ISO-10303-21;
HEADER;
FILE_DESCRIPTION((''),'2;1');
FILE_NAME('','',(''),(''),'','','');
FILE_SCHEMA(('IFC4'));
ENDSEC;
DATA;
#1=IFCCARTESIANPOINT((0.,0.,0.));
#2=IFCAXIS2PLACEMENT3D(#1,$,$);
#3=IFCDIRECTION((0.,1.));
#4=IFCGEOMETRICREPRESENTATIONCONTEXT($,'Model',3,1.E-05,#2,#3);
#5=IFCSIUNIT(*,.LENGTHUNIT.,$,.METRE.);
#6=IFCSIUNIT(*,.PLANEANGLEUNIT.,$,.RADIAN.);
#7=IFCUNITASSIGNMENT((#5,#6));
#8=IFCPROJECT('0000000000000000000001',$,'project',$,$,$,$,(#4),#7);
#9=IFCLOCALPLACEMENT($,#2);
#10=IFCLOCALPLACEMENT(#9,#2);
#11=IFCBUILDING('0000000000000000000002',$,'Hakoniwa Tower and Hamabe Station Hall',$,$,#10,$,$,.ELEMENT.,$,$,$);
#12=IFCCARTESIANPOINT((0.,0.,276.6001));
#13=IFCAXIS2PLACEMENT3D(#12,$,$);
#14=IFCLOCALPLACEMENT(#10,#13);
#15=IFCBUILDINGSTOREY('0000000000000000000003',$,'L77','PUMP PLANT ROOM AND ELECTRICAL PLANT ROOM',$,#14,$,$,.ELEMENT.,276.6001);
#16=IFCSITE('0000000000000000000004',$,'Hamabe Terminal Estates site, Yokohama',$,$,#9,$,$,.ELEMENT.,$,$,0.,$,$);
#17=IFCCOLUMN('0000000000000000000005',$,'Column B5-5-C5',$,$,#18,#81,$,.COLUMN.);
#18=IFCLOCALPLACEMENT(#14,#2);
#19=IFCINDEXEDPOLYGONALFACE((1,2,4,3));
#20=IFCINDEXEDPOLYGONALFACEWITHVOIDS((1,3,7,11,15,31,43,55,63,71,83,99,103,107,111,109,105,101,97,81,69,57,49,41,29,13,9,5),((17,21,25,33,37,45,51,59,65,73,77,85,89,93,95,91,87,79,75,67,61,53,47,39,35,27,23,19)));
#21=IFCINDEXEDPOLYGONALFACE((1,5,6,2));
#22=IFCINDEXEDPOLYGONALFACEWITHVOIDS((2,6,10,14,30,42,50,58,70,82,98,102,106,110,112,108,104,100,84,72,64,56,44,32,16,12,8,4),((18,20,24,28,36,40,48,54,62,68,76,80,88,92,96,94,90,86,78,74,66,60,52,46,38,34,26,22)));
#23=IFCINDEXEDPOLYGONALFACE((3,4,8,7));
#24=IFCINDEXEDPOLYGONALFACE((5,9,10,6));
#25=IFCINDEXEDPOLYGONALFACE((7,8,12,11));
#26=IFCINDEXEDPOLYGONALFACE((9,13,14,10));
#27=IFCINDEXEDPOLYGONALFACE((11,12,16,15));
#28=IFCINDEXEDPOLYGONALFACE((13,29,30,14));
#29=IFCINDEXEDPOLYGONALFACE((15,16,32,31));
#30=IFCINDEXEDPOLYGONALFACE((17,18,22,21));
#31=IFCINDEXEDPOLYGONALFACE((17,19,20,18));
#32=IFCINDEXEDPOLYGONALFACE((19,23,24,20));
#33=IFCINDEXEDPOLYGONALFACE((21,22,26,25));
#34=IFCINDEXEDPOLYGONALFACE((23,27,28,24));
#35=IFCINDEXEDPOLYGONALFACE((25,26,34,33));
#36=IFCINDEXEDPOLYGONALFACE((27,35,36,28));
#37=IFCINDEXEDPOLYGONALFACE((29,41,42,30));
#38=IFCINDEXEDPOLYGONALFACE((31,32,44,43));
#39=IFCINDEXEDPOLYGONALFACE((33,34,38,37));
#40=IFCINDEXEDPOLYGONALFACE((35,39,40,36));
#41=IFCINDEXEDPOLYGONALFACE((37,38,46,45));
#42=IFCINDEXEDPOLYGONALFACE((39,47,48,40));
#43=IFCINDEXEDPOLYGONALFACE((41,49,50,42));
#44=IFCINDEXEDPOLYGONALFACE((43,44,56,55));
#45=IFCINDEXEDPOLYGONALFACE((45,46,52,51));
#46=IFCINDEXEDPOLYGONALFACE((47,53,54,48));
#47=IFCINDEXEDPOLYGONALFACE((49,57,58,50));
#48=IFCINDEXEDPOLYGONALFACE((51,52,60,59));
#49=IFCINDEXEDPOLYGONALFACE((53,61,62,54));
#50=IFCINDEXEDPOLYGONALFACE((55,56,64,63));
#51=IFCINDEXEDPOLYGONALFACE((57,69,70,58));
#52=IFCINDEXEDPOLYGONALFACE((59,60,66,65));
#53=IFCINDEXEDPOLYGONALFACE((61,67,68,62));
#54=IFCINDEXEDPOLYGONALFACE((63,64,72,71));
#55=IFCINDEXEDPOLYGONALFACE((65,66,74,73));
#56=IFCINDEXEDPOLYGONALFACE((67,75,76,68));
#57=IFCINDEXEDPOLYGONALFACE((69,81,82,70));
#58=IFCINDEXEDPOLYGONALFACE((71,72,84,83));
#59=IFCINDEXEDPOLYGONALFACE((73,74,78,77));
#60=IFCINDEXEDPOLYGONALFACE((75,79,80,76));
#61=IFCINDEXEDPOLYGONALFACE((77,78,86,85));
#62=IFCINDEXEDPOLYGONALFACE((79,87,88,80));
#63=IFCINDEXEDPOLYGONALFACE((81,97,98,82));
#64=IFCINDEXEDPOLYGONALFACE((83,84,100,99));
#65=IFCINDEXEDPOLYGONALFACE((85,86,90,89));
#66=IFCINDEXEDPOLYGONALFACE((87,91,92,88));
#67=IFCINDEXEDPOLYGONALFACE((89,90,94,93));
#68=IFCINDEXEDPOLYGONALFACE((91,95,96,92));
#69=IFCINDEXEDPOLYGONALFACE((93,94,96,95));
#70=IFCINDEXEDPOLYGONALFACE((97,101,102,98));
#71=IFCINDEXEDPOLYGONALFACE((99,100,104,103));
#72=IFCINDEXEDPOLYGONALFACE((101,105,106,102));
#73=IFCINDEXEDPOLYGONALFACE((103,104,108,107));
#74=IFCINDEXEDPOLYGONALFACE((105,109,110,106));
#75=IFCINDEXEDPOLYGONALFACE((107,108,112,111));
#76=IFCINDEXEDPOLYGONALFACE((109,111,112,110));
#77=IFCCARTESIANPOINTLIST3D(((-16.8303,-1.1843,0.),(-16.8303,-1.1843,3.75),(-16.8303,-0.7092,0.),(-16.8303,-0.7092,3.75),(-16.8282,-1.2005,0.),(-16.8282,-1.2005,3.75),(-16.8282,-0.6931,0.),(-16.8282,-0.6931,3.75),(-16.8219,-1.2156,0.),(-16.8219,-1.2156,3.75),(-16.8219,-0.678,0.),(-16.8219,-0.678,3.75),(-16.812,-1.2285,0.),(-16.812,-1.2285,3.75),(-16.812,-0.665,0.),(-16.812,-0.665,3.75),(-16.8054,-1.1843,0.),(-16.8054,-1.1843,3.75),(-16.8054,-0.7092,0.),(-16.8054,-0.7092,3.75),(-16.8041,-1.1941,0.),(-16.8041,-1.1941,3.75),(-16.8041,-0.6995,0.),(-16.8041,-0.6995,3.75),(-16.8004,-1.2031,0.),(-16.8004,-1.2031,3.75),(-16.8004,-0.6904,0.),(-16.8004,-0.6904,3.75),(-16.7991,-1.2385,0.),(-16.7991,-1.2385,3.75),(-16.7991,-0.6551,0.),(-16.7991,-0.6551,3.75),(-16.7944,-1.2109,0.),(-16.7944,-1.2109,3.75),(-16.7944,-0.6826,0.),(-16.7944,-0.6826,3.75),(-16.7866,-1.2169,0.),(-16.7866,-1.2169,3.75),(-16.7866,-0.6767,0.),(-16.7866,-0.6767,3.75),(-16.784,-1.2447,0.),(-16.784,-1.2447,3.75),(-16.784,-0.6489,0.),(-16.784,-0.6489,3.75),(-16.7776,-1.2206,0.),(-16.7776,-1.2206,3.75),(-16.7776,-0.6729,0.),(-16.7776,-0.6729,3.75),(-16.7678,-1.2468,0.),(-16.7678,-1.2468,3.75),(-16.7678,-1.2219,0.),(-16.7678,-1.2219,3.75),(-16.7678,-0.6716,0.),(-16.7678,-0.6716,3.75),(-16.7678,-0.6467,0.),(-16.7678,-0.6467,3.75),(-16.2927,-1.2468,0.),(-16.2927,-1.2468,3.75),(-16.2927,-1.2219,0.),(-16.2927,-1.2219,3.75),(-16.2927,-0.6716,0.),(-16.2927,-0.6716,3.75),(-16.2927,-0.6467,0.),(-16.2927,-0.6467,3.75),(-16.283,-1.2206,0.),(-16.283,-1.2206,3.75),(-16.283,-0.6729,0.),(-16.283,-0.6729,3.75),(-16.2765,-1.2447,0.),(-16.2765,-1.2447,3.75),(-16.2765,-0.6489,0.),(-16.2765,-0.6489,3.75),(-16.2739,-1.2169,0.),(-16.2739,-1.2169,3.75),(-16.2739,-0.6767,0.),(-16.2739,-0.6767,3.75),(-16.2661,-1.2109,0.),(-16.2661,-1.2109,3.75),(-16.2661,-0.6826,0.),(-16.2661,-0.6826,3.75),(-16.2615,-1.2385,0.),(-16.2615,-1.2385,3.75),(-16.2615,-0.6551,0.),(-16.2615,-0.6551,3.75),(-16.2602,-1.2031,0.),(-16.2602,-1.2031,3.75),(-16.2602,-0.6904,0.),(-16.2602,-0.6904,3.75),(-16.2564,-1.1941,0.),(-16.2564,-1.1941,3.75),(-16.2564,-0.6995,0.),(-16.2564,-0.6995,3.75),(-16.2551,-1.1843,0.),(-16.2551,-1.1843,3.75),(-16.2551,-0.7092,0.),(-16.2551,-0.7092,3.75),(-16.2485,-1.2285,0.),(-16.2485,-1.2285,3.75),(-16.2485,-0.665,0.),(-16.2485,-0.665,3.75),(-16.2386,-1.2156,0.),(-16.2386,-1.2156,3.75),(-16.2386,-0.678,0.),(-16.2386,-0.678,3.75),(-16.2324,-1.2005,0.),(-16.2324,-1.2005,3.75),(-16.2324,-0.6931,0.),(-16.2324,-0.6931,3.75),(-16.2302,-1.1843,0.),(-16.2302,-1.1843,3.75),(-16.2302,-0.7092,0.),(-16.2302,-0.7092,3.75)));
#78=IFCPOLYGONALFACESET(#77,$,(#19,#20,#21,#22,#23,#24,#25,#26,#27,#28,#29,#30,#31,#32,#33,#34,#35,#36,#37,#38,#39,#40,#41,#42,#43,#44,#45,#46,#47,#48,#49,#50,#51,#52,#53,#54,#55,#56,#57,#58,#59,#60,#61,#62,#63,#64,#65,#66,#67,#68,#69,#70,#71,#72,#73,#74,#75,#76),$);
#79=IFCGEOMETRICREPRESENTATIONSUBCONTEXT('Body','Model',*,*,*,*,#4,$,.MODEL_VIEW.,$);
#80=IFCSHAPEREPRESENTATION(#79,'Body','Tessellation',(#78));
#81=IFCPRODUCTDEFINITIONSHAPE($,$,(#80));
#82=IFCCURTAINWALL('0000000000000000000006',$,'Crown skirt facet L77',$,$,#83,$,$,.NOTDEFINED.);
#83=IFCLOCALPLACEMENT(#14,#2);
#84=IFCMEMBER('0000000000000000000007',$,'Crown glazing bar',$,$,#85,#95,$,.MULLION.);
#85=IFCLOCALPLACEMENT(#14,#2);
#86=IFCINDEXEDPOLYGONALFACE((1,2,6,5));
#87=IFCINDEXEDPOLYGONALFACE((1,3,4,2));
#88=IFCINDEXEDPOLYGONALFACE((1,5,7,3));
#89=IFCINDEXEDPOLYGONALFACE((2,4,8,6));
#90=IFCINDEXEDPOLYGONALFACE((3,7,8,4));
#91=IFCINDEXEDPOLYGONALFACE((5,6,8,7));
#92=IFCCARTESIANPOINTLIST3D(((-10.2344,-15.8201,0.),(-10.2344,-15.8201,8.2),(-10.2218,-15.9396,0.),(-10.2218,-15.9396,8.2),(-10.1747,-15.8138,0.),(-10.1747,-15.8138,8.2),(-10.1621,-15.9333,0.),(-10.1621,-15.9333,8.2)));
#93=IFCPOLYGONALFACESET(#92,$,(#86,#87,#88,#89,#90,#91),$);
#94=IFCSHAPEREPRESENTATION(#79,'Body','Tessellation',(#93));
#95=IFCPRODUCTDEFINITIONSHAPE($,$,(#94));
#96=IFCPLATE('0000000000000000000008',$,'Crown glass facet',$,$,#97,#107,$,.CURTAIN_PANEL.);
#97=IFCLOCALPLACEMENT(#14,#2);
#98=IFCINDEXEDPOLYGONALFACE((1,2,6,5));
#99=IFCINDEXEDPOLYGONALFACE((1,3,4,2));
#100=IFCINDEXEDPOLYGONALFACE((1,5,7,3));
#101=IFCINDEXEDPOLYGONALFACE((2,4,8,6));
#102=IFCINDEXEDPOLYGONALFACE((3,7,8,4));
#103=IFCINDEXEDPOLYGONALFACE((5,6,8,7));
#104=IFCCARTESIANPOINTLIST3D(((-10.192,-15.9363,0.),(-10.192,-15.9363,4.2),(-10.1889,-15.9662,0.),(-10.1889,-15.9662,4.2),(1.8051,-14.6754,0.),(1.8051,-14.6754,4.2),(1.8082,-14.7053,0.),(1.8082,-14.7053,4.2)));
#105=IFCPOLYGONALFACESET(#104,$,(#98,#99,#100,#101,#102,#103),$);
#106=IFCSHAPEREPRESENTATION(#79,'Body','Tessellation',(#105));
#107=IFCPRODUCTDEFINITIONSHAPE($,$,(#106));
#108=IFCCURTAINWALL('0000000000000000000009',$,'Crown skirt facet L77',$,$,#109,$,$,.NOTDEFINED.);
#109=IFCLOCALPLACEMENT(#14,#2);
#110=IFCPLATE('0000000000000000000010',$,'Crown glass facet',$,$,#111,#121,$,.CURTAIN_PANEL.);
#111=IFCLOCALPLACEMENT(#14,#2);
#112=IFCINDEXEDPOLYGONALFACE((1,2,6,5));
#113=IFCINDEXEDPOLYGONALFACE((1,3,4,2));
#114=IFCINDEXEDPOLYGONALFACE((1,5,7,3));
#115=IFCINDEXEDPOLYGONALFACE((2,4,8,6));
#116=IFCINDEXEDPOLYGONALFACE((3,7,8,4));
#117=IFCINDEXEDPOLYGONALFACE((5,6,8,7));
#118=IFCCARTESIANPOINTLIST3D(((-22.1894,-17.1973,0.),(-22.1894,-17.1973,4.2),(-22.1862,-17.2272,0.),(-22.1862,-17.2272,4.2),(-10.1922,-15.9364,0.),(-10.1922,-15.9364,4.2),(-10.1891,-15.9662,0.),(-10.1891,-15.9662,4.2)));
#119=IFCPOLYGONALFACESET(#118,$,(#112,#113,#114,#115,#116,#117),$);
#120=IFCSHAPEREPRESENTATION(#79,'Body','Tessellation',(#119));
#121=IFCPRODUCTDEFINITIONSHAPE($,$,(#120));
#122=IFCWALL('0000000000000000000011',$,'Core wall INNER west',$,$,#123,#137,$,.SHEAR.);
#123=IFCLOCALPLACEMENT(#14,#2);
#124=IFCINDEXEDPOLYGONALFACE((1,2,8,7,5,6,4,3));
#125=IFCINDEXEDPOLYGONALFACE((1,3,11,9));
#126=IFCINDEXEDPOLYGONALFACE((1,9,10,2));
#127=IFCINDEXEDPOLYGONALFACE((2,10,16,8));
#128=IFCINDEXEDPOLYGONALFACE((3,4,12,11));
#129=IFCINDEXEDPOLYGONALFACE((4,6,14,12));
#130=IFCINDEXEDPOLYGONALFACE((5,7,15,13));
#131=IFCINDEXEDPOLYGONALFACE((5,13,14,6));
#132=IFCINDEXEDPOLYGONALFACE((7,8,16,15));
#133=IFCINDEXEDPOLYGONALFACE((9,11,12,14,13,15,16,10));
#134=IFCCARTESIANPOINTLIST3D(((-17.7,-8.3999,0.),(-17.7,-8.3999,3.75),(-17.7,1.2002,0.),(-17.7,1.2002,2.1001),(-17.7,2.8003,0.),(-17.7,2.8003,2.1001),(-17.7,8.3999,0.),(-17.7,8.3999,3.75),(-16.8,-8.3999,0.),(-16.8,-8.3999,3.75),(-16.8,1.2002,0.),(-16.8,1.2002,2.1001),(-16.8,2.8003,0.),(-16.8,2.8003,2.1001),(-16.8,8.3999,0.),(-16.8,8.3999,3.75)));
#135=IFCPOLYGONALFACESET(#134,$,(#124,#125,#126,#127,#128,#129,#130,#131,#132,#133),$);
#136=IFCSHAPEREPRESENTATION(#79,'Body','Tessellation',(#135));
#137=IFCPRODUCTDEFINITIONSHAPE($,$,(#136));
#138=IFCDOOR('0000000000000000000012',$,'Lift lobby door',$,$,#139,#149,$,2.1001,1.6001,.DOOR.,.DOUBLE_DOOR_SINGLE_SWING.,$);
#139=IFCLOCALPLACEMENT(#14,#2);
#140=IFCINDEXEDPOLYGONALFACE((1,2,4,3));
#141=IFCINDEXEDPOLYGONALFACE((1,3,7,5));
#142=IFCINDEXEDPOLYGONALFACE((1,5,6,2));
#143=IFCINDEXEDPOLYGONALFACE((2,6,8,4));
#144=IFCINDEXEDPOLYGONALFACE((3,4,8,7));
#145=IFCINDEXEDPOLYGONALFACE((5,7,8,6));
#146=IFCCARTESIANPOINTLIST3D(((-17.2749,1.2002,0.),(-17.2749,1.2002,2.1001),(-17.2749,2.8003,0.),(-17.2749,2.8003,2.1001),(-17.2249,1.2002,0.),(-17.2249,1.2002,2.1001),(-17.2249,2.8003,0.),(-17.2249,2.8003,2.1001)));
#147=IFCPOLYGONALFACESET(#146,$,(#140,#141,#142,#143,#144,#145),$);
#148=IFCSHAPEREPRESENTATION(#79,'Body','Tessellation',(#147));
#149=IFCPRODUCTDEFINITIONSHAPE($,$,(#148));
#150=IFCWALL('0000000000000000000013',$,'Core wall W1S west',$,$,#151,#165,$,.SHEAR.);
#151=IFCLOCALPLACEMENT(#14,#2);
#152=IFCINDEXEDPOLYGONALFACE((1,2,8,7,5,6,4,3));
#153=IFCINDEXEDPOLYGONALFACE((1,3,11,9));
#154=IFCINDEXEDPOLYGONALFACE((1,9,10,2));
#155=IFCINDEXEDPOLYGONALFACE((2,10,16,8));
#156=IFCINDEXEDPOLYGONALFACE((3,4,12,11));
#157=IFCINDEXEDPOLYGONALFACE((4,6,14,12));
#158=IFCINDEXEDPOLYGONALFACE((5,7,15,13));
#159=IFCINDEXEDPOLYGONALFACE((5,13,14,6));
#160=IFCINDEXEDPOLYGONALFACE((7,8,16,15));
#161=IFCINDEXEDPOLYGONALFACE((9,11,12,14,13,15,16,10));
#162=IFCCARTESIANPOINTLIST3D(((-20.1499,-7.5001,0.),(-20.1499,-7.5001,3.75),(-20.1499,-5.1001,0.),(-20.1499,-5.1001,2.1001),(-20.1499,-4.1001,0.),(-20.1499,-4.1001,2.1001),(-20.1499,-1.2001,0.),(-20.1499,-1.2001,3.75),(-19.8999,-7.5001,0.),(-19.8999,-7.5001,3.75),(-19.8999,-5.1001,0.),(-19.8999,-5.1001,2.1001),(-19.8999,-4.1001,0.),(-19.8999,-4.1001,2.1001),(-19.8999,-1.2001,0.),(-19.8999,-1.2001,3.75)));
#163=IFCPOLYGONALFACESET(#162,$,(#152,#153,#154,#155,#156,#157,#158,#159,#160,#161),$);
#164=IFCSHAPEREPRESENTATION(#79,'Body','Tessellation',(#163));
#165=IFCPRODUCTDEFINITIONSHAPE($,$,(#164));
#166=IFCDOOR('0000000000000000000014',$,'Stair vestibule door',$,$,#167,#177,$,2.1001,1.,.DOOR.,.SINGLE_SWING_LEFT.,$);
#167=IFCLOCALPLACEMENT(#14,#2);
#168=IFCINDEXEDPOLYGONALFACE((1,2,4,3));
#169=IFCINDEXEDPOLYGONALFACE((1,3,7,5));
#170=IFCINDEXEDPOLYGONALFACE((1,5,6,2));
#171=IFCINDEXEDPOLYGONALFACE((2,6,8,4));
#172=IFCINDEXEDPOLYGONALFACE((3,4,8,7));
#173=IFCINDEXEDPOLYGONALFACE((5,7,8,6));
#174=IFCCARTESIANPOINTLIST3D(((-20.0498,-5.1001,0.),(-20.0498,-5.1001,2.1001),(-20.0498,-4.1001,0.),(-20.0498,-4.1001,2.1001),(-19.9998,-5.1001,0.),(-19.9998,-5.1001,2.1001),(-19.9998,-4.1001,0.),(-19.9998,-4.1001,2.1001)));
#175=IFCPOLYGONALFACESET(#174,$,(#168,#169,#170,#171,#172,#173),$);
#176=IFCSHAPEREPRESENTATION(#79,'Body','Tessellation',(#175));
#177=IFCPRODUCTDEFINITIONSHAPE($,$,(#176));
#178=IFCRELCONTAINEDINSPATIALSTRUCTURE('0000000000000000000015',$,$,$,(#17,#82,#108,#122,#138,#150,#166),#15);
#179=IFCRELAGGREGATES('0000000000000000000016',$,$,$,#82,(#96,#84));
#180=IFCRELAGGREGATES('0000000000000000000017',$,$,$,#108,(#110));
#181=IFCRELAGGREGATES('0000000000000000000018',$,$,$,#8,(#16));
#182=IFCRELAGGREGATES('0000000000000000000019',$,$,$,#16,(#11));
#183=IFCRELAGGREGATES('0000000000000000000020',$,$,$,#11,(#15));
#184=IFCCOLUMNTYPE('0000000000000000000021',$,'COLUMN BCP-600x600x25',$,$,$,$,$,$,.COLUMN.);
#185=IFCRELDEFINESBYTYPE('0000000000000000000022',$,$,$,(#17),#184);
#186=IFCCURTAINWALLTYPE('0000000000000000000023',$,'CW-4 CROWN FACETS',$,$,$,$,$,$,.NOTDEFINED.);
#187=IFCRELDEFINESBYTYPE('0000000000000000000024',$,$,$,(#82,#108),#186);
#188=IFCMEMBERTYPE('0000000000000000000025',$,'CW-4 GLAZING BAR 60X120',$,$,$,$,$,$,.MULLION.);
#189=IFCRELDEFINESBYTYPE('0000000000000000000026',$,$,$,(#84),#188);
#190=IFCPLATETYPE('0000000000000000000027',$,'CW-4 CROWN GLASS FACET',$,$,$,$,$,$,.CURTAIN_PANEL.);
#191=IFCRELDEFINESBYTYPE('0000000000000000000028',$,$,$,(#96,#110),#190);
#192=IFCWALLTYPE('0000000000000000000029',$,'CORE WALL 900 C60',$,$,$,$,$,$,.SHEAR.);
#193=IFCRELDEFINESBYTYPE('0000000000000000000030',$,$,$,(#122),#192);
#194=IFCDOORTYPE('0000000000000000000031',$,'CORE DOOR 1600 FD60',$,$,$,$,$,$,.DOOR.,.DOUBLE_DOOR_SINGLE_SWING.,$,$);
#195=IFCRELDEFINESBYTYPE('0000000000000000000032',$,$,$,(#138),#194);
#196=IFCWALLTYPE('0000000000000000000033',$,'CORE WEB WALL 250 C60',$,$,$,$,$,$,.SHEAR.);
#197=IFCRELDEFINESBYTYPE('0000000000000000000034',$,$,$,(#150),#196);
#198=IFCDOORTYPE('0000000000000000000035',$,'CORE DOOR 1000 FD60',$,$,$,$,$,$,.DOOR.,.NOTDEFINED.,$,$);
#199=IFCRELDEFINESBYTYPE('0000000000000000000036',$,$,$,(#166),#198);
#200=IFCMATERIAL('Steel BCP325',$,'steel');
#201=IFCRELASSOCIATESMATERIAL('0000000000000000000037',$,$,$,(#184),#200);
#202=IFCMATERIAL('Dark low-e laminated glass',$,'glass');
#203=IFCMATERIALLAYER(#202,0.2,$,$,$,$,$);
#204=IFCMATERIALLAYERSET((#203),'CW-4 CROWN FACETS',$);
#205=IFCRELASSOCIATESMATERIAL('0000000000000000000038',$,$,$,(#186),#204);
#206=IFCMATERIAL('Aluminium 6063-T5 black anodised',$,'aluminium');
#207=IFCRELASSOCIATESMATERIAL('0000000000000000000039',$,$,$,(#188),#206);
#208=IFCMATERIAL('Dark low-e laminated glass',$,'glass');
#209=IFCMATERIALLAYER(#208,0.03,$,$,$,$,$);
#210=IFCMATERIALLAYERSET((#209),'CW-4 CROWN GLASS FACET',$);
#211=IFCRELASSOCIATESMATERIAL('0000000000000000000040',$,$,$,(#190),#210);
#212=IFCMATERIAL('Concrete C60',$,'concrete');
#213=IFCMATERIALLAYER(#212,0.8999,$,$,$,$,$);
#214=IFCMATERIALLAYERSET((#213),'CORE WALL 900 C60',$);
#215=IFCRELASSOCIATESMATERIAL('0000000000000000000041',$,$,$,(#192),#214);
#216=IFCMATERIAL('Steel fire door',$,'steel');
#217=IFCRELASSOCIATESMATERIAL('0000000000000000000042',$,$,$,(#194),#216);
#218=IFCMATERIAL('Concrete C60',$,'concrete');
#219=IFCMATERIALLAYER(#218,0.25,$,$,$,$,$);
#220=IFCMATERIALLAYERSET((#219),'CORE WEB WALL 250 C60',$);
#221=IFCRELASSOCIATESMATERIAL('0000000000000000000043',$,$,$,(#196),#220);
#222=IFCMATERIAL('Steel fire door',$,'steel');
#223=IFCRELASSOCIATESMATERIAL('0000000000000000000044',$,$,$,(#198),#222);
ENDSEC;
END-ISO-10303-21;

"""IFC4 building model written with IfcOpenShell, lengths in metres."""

from ifc_helpers import new_model, si_unit, direction, frame, frame_2d, origin, origin_2d, place, context, subcontext, project, spatial, rectangle, hollow_rectangle, extrude, material, layer, layer_set, material_profile, profile_set, type_object, element, fill, aggregate, save


model = new_model("IFC4")

# Units and contexts
model_context = context("Model", 3, precision=1e-05, world=origin(), true_north=direction((0.0, 1.0)))
body_context = subcontext(model_context, "Body", "Model", "MODEL_VIEW")
ifc_project = project(units=[si_unit("LENGTHUNIT", "METRE"), si_unit("PLANEANGLEUNIT", "RADIAN")], contexts=[model_context])

# Site, building, storey
site_placement = place(None, origin())
site = spatial("IfcSite", under=ifc_project, at=site_placement, Name="Hamabe Terminal Estates site, Yokohama", CompositionType="ELEMENT", RefElevation=0.0)
building_placement = place(site_placement, origin())
building = spatial("IfcBuilding", under=site, at=building_placement, Name="Hakoniwa Tower and Hamabe Station Hall", CompositionType="ELEMENT")
storey_placement = place(building_placement, frame((0.0, 0.0, 276.6001)))
storey = spatial("IfcBuildingStorey", under=building, at=storey_placement, Name="L77", Description="PUMP PLANT ROOM AND ELECTRICAL PLANT ROOM", CompositionType="ELEMENT", Elevation=276.6001)

# Column
ifc_material_1 = material(Name="Steel BCP325", Category="steel")
ifc_material_profile_1 = material_profile(ifc_material_1, hollow_rectangle(XDim=0.6001, YDim=0.6001, WallThickness=0.0249, InnerFilletRadius=0.0376, OuterFilletRadius=0.0625, at=origin_2d()), Name="BCP-600x600x25")
ifc_profile_set_1 = profile_set([ifc_material_profile_1], Name="Steel BCP325")
column_type_1 = type_object("IfcColumnType", Name="COLUMN BCP-600x600x25", PredefinedType="COLUMN", material=ifc_profile_set_1)
column_placement = place(storey_placement, frame((-16.5303, -0.9468, 0.0), z_axis=(0.0, 0.0, 1.0), x_axis=(1.0, 0.0, 0.0)))
element("IfcColumn", 1, at=column_placement, inside=storey, type_object=column_type_1, Name="Column B5-5-C5", PredefinedType="COLUMN", context=body_context, shape_type="SweptSolid", body=[
    extrude(hollow_rectangle(XDim=0.6001, YDim=0.6001, WallThickness=0.0249, InnerFilletRadius=0.0376, OuterFilletRadius=0.0625, at=origin_2d()), origin(), (0.0, 0.0, 1.0), 3.75),
])

# Curtain wall, member, plate
ifc_material_2 = material(Name="Dark low-e laminated glass", Category="glass")
ifc_layer_1 = layer(ifc_material_2, 0.2)
ifc_layer_set_1 = layer_set([ifc_layer_1], Name="CW-4 CROWN FACETS")
curtain_wall_type = type_object("IfcCurtainWallType", Name="CW-4 CROWN FACETS", PredefinedType="NOTDEFINED", material=ifc_layer_set_1)
curtain_wall_1_placement = place(storey_placement, origin())
curtain_wall_1 = element("IfcCurtainWall", 2, at=curtain_wall_1_placement, inside=storey, type_object=curtain_wall_type, Name="Crown skirt facet L77", PredefinedType="NOTDEFINED")
ifc_material_3 = material(Name="Aluminium 6063-T5 black anodised", Category="aluminium")
ifc_material_profile_2 = material_profile(ifc_material_3, rectangle(XDim=0.0601, YDim=0.1201, at=origin_2d()), Name="CW-4 GLAZING BAR 60X120")
ifc_profile_set_2 = profile_set([ifc_material_profile_2], Name="Aluminium 6063-T5 black anodised")
member_type = type_object("IfcMemberType", Name="CW-4 GLAZING BAR 60X120", PredefinedType="MULLION", material=ifc_profile_set_2)
member_placement = place(storey_placement, frame((-10.1982, -15.8767, 0.0), z_axis=(0.0, 0.0, 1.0), x_axis=(-0.994522, -0.104528, 0.0)))
member = element("IfcMember", 3, at=member_placement, type_object=member_type, Name="Crown glazing bar", PredefinedType="MULLION", context=body_context, shape_type="SweptSolid", body=[
    extrude(rectangle(XDim=0.0601, YDim=0.1201, at=origin_2d()), origin(), (0.0, 0.0, 1.0), 8.2),
])
ifc_material_4 = material(Name="Dark low-e laminated glass", Category="glass")
ifc_layer_2 = layer(ifc_material_4, 0.03)
ifc_layer_set_2 = layer_set([ifc_layer_2], Name="CW-4 CROWN GLASS FACET")
plate_type = type_object("IfcPlateType", Name="CW-4 CROWN GLASS FACET", PredefinedType="CURTAIN_PANEL", material=ifc_layer_set_2)
plate_1_placement = place(storey_placement, frame((-4.1919, -15.3208, 0.0), z_axis=(0.0, 0.0, 1.0), x_axis=(0.994522, 0.104528, 0.0)))
plate_1 = element("IfcPlate", 4, at=plate_1_placement, type_object=plate_type, Name="Crown glass facet", PredefinedType="CURTAIN_PANEL", context=body_context, shape_type="SweptSolid", body=[
    extrude(rectangle(XDim=12.0632, YDim=0.03, at=origin_2d()), origin(), (0.0, 0.0, 1.0), 4.2),
])
aggregate(curtain_wall_1, [plate_1, member])

# Curtain wall, plate
curtain_wall_2_placement = place(storey_placement, origin())
curtain_wall_2 = element("IfcCurtainWall", 5, at=curtain_wall_2_placement, inside=storey, type_object=curtain_wall_type, Name="Crown skirt facet L77", PredefinedType="NOTDEFINED")
plate_2_placement = place(storey_placement, frame((-16.1892, -16.5818, 0.0), z_axis=(0.0, 0.0, 1.0), x_axis=(0.994522, 0.104528, 0.0)))
plate_2 = element("IfcPlate", 6, at=plate_2_placement, type_object=plate_type, Name="Crown glass facet", PredefinedType="CURTAIN_PANEL", context=body_context, shape_type="SweptSolid", body=[
    extrude(rectangle(XDim=12.0632, YDim=0.03, at=origin_2d()), origin(), (0.0, 0.0, 1.0), 4.2),
])
aggregate(curtain_wall_2, [plate_2])

# Walls, openings, doors
ifc_material_5 = material(Name="Concrete C60", Category="concrete")
ifc_layer_3 = layer(ifc_material_5, 0.8999)
ifc_layer_set_3 = layer_set([ifc_layer_3], Name="CORE WALL 900 C60")
wall_type_1 = type_object("IfcWallType", Name="CORE WALL 900 C60", PredefinedType="SHEAR", material=ifc_layer_set_3)
wall_1_placement = place(storey_placement, frame((-17.25, -8.3999, 0.0), z_axis=(0.0, 0.0, 1.0), x_axis=(0.0, 1.0, 0.0)))
wall_1 = element("IfcWall", 7, at=wall_1_placement, inside=storey, type_object=wall_type_1, Name="Core wall INNER west", PredefinedType="SHEAR", context=body_context, shape_type="SweptSolid", body=[
    extrude(rectangle(XDim=16.7998, YDim=0.8999, at=frame_2d((8.3999, 0.0))), origin(), (0.0, 0.0, 1.0), 3.75),
])
opening_1_placement = place(wall_1_placement, frame((9.6001, 0.0, 0.0)))
opening_1 = element("IfcOpeningElement", 8, at=opening_1_placement, cuts=wall_1, PredefinedType="OPENING", context=body_context, shape_type="SweptSolid", body=[
    extrude(rectangle(XDim=1.6001, YDim=2.1001, at=frame_2d((0.8, 1.05))), frame((0.0, 0.46, 0.0), z_axis=(0.0, -1.0, 0.0), x_axis=(1.0, 0.0, 0.0)), (0.0, 0.0, 1.0), 0.9199),
])
ifc_material_6 = material(Name="Steel fire door", Category="steel")
door_type_1 = type_object("IfcDoorType", Name="CORE DOOR 1600 FD60", OperationType="DOUBLE_DOOR_SINGLE_SWING", PredefinedType="DOOR", material=ifc_material_6)
door_1_placement = place(opening_1_placement, origin())
door_1 = element("IfcDoor", 9, at=door_1_placement, inside=storey, type_object=door_type_1, Name="Lift lobby door", OperationType="DOUBLE_DOOR_SINGLE_SWING", OverallHeight=2.1001, OverallWidth=1.6001, PredefinedType="DOOR", context=body_context, shape_type="SweptSolid", body=[
    extrude(rectangle(XDim=1.6001, YDim=2.1001, at=frame_2d((0.8, 1.05))), frame((0.0, 0.0249, 0.0), z_axis=(0.0, -1.0, 0.0), x_axis=(1.0, 0.0, 0.0)), (0.0, 0.0, 1.0), 0.05),
])
fill(opening_1, door_1)
ifc_material_7 = material(Name="Concrete C60", Category="concrete")
ifc_layer_4 = layer(ifc_material_7, 0.25)
ifc_layer_set_4 = layer_set([ifc_layer_4], Name="CORE WEB WALL 250 C60")
wall_type_2 = type_object("IfcWallType", Name="CORE WEB WALL 250 C60", PredefinedType="SHEAR", material=ifc_layer_set_4)
wall_2_placement = place(storey_placement, frame((-20.0249, -7.5, 0.0), z_axis=(0.0, 0.0, 1.0), x_axis=(0.0, 1.0, 0.0)))
wall_2 = element("IfcWall", 10, at=wall_2_placement, inside=storey, type_object=wall_type_2, Name="Core wall W1S west", PredefinedType="SHEAR", context=body_context, shape_type="SweptSolid", body=[
    extrude(rectangle(XDim=6.3, YDim=0.25, at=frame_2d((3.1499, 0.0))), origin(), (0.0, 0.0, 1.0), 3.75),
])
opening_2_placement = place(wall_2_placement, frame((2.3999, 0.0, 0.0)))
opening_2 = element("IfcOpeningElement", 11, at=opening_2_placement, cuts=wall_2, PredefinedType="OPENING", context=body_context, shape_type="SweptSolid", body=[
    extrude(rectangle(XDim=1.0, YDim=2.1001, at=frame_2d((0.5, 1.05))), frame((0.0, 0.135, 0.0), z_axis=(0.0, -1.0, 0.0), x_axis=(1.0, 0.0, 0.0)), (0.0, 0.0, 1.0), 0.27),
])
ifc_material_8 = material(Name="Steel fire door", Category="steel")
door_type_2 = type_object("IfcDoorType", Name="CORE DOOR 1000 FD60", OperationType="NOTDEFINED", PredefinedType="DOOR", material=ifc_material_8)
door_2_placement = place(opening_2_placement, origin())
door_2 = element("IfcDoor", 12, at=door_2_placement, inside=storey, type_object=door_type_2, Name="Stair vestibule door", OperationType="SINGLE_SWING_LEFT", OverallHeight=2.1001, OverallWidth=1.0, PredefinedType="DOOR", context=body_context, shape_type="SweptSolid", body=[
    extrude(rectangle(XDim=1.0, YDim=2.1001, at=frame_2d((0.5, 1.05))), frame((0.0, 0.0249, 0.0), z_axis=(0.0, -1.0, 0.0), x_axis=(1.0, 0.0, 0.0)), (0.0, 0.0, 1.0), 0.05),
])
fill(opening_2, door_2)

save(model, "model.ifc")
